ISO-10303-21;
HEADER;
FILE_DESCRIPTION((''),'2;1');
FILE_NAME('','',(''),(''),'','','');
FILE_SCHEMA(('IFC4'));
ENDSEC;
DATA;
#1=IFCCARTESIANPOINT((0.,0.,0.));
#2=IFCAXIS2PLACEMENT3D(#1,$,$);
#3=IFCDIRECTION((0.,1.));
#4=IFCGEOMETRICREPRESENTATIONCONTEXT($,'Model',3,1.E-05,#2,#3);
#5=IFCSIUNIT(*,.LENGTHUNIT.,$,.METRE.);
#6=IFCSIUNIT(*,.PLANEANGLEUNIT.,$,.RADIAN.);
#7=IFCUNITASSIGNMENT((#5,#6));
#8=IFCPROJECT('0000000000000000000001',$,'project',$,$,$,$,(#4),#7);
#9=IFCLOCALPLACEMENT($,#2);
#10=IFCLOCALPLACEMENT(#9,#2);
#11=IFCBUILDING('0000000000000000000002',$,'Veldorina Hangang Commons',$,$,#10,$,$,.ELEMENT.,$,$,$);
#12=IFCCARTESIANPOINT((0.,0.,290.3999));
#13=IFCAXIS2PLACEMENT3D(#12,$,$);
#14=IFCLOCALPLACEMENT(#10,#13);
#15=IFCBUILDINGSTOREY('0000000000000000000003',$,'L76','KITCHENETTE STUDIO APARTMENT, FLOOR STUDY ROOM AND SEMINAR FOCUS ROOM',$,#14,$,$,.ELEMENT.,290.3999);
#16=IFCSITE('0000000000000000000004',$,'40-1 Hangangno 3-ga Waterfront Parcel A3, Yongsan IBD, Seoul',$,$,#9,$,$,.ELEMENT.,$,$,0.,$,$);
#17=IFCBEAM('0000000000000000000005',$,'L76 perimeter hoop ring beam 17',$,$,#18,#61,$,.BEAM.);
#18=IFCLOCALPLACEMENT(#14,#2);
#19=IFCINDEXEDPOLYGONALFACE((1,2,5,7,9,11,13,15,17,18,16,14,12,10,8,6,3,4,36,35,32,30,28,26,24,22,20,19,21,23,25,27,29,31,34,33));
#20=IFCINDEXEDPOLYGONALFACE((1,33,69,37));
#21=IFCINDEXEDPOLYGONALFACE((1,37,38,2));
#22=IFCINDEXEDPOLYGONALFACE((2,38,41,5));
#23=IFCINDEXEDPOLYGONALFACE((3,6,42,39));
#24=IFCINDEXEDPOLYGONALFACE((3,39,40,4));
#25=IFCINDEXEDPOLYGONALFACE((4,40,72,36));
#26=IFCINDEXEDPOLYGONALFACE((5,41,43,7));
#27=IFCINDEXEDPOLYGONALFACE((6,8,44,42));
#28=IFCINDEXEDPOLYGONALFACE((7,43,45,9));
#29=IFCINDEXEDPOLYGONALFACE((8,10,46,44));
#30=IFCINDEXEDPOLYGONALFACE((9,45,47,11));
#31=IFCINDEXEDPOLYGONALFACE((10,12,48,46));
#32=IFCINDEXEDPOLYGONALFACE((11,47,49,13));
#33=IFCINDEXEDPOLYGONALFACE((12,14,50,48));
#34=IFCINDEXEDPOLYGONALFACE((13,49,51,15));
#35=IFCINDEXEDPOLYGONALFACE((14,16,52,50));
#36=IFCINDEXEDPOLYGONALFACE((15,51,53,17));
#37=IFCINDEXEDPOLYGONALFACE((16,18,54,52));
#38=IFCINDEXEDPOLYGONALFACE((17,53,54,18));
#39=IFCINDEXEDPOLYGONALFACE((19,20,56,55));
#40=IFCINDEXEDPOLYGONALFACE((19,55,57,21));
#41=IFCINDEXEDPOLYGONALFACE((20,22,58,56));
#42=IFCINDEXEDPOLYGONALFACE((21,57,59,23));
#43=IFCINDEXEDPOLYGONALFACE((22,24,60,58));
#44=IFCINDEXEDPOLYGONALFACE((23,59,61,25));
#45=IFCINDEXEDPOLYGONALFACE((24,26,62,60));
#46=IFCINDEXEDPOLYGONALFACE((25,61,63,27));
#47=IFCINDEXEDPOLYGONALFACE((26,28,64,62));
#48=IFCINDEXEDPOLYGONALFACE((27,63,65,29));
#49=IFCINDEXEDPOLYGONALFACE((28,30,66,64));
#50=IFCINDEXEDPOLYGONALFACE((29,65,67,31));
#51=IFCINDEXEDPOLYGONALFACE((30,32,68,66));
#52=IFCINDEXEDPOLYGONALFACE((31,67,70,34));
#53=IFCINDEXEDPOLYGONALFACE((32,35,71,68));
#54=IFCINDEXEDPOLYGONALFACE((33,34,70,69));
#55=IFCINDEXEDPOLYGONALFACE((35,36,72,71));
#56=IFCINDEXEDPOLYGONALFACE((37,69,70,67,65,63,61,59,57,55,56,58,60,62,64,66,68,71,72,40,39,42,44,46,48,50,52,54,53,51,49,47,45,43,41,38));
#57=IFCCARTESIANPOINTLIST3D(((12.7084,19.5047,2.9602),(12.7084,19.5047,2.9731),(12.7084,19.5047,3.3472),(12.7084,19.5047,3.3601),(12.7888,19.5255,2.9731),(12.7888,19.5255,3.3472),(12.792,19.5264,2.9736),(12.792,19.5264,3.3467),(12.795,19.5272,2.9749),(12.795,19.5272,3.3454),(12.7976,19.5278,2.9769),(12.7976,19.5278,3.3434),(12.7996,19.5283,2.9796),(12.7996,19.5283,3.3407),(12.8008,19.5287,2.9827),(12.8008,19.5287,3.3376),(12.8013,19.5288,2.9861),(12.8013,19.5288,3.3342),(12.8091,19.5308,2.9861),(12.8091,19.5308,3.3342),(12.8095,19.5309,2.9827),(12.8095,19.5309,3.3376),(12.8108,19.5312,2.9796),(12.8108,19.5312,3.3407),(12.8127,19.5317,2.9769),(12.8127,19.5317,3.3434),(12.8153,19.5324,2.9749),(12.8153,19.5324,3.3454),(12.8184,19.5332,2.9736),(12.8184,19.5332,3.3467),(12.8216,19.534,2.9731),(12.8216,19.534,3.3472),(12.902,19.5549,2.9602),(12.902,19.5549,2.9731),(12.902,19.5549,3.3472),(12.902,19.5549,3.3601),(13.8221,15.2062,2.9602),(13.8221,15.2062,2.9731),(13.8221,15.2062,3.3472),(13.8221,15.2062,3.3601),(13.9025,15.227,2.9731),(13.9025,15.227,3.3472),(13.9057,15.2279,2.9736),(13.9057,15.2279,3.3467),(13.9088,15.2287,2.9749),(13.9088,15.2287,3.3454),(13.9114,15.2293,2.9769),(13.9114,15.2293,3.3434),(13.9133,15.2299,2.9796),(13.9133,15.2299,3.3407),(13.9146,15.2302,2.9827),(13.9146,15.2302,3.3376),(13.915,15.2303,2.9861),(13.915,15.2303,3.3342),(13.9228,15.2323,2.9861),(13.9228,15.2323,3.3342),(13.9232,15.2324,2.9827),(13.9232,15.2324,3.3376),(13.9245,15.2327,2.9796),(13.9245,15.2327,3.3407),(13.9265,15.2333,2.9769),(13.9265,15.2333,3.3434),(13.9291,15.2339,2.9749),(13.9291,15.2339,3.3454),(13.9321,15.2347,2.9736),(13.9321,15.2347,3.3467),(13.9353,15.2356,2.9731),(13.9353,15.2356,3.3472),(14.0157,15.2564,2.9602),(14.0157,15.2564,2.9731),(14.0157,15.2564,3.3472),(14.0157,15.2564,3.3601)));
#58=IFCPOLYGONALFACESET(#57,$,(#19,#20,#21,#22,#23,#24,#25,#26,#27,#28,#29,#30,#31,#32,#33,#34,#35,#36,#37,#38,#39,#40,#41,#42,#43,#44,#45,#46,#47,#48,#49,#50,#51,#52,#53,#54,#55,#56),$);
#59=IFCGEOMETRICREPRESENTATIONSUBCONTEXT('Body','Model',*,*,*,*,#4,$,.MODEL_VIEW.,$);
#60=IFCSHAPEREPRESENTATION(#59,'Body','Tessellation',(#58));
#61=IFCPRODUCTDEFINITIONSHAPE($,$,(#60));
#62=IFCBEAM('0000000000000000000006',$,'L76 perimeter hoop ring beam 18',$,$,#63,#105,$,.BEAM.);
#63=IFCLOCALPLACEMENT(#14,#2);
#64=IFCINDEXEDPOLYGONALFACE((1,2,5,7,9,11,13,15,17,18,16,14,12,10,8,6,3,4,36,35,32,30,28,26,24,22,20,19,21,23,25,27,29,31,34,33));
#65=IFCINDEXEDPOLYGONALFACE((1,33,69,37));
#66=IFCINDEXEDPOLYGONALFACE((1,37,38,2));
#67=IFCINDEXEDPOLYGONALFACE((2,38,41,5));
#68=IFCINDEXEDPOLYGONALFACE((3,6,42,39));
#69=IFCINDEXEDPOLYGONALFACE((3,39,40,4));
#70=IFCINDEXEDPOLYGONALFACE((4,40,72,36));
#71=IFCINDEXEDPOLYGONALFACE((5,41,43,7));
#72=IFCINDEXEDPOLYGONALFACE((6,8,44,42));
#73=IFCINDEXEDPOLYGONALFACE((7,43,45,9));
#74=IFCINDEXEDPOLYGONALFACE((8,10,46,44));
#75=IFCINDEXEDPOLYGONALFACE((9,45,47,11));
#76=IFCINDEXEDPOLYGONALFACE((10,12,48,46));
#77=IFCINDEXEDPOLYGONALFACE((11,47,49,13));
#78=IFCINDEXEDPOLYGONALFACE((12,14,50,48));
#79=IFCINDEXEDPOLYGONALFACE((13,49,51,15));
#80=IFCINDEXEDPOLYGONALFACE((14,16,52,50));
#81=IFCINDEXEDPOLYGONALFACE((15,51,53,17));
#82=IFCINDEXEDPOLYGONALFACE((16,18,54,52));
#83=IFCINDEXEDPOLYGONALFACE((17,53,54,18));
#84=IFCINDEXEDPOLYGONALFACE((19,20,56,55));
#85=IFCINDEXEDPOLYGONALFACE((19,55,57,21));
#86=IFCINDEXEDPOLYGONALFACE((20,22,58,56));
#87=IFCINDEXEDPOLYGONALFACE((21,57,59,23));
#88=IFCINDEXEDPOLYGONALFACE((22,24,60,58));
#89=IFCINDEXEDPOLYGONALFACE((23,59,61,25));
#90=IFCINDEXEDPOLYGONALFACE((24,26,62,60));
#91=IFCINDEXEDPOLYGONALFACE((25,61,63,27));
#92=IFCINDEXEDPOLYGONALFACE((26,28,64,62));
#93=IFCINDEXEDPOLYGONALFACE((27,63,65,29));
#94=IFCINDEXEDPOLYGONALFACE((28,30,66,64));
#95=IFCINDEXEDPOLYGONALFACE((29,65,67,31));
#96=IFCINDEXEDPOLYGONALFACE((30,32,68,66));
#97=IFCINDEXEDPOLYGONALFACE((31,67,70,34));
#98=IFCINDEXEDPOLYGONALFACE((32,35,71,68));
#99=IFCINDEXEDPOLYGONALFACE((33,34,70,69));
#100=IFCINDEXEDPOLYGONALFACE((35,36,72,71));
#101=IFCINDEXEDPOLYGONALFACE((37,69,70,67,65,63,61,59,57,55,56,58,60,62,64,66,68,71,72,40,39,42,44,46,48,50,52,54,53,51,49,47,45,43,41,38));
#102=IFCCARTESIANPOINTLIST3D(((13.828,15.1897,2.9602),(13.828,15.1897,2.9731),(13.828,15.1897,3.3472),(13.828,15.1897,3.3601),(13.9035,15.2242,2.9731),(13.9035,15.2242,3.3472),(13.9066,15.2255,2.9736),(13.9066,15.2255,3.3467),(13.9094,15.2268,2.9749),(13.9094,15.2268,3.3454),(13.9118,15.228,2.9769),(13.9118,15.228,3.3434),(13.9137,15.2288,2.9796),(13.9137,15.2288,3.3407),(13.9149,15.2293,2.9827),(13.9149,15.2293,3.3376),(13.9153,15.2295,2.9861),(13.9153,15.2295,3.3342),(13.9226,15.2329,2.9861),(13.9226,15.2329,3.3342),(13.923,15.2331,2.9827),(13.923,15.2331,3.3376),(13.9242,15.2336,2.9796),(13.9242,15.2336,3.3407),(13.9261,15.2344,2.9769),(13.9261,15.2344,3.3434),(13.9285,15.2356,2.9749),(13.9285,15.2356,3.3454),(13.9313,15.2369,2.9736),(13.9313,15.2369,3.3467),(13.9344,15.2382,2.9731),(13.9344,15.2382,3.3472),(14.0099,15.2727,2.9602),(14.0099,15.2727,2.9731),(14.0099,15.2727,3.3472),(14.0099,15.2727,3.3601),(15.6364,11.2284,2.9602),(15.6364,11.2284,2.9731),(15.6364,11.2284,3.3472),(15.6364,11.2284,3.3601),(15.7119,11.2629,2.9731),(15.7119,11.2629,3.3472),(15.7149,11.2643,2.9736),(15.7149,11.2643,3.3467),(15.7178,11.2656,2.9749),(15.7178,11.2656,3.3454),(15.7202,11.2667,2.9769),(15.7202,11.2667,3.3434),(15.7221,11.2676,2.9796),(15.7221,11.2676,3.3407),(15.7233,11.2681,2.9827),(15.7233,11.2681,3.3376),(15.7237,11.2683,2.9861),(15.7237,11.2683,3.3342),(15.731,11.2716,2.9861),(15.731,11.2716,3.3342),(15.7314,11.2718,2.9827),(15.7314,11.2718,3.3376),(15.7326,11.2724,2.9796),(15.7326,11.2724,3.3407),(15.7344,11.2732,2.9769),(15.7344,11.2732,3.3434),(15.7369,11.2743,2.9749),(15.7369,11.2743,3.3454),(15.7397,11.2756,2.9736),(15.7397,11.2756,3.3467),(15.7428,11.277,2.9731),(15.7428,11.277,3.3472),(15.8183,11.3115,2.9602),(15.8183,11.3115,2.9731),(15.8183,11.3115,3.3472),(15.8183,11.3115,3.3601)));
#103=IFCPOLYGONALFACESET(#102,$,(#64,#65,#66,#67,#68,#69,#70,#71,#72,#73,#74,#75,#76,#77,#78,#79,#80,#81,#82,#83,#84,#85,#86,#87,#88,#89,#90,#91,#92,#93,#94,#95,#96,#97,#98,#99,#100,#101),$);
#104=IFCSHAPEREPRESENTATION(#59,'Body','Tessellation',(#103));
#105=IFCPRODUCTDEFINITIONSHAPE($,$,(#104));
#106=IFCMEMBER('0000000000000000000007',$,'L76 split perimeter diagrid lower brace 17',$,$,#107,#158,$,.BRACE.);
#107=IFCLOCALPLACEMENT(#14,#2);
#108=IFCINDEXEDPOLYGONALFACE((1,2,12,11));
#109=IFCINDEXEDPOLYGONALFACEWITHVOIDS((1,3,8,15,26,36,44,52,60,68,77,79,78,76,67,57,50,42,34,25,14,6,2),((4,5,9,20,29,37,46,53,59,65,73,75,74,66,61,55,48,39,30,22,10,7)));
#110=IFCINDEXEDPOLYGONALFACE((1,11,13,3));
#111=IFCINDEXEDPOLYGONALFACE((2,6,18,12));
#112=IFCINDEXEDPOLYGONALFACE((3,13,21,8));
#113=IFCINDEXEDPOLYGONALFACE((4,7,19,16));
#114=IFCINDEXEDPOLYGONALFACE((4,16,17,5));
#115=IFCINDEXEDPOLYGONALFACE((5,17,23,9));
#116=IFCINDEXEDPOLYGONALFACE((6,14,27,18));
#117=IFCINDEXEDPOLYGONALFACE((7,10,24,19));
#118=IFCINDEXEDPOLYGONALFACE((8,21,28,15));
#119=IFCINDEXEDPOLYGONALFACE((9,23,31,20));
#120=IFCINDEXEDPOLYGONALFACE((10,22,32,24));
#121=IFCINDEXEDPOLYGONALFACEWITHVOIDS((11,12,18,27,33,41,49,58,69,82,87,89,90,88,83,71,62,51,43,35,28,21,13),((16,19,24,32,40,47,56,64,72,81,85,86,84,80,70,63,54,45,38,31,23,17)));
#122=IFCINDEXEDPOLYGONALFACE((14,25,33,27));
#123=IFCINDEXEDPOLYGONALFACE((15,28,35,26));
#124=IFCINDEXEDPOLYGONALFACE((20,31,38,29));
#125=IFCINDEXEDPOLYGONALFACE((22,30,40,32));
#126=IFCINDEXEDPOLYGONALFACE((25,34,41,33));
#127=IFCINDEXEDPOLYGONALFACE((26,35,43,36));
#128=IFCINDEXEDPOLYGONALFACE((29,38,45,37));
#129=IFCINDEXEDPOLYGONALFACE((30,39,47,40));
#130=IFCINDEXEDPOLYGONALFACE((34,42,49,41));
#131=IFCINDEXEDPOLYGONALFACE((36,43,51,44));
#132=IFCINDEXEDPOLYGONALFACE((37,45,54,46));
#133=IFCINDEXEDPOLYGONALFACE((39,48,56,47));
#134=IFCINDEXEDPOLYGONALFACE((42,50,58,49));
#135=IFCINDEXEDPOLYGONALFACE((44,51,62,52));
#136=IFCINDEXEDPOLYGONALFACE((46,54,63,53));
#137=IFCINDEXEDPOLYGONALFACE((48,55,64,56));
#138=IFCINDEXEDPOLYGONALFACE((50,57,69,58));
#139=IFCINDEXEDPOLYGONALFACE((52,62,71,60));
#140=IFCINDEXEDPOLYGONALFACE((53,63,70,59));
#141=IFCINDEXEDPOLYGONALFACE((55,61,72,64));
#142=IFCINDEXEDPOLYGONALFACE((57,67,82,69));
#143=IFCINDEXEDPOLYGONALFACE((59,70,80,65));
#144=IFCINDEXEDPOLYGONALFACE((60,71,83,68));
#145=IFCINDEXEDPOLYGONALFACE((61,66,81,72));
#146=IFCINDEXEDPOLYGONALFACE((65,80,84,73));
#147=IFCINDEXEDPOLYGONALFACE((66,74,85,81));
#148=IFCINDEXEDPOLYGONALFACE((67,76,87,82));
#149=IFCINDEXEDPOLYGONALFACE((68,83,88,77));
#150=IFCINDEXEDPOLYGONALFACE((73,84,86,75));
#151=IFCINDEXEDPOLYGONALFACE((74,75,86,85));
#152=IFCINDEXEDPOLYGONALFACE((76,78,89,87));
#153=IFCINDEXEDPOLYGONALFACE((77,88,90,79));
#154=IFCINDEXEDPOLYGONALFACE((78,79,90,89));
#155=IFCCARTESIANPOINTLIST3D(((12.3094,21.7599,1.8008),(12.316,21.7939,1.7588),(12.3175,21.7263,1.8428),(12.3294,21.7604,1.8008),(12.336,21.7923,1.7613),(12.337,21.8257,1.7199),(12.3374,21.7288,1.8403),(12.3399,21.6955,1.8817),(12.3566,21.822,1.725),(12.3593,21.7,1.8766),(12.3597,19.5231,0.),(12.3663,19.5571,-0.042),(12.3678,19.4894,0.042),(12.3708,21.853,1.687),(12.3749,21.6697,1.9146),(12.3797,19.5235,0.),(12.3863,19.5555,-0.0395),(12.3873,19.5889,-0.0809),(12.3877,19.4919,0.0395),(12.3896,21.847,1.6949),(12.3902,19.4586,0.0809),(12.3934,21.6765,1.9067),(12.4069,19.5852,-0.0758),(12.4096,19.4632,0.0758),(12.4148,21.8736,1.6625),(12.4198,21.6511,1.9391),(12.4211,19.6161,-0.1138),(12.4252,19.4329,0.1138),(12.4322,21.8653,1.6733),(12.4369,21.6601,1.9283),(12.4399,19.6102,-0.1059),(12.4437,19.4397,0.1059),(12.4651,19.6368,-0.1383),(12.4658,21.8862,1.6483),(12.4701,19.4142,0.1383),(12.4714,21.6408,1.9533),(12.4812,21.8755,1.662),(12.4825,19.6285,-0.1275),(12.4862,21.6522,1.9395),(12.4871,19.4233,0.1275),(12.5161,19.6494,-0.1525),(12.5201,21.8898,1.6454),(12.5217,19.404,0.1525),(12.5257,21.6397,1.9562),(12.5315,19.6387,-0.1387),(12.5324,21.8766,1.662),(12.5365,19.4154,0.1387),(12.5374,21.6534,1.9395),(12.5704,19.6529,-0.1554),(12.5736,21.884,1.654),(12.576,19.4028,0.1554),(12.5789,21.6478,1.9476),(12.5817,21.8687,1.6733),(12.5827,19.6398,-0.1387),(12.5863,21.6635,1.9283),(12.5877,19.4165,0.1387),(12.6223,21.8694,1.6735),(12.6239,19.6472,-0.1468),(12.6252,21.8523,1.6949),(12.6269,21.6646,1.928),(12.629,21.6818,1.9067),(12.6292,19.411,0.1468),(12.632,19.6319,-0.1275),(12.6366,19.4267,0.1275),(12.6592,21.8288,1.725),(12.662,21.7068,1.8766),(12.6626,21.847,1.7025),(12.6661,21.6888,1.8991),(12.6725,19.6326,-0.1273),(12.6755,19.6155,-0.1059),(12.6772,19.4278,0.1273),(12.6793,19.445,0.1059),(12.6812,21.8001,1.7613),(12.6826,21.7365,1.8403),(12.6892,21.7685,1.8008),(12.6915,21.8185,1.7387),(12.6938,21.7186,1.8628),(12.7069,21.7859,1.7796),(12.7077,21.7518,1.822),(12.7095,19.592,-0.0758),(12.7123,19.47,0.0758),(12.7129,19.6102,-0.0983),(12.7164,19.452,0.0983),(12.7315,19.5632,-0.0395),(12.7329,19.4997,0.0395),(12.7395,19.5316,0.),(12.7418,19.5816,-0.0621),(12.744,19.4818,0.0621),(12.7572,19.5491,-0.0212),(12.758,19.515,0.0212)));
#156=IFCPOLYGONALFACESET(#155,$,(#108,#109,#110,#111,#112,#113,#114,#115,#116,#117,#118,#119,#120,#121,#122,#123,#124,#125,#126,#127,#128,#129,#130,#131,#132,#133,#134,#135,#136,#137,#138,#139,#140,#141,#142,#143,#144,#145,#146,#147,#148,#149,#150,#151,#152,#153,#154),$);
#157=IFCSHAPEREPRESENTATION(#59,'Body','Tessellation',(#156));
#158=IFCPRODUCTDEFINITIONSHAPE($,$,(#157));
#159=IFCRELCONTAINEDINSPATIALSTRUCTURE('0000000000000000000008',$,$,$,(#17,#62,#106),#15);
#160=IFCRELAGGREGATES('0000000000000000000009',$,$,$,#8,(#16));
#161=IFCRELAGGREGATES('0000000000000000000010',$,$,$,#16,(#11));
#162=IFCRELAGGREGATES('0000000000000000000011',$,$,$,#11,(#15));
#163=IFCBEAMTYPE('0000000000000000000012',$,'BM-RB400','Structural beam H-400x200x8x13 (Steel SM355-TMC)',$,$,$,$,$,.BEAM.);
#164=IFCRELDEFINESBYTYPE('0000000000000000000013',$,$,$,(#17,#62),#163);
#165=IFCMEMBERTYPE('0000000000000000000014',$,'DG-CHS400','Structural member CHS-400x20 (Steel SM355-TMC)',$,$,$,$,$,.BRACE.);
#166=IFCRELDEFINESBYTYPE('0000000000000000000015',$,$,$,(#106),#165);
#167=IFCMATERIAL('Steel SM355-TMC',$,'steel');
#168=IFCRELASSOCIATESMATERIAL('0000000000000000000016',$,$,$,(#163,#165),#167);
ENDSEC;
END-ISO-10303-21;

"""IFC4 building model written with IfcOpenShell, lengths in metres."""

from ifc_helpers import new_model, si_unit, direction, frame, origin, origin_2d, place, context, subcontext, project, spatial, hollow_circle, i_section, extrude, material, material_profile, profile_set, type_object, element, save


model = new_model("IFC4")

# Units and contexts
model_context = context("Model", 3, precision=1e-05, world=origin(), true_north=direction((0.0, 1.0)))
body_context = subcontext(model_context, "Body", "Model", "MODEL_VIEW")
ifc_project = project(units=[si_unit("LENGTHUNIT", "METRE"), si_unit("PLANEANGLEUNIT", "RADIAN")], contexts=[model_context])

# Site, building, storey
site_placement = place(None, origin())
site = spatial("IfcSite", under=ifc_project, at=site_placement, Name="40-1 Hangangno 3-ga Waterfront Parcel A3, Yongsan IBD, Seoul", CompositionType="ELEMENT", RefElevation=0.0)
building_placement = place(site_placement, origin())
building = spatial("IfcBuilding", under=site, at=building_placement, Name="Veldorina Hangang Commons", CompositionType="ELEMENT")
storey_placement = place(building_placement, frame((0.0, 0.0, 290.3999)))
storey = spatial("IfcBuildingStorey", under=building, at=storey_placement, Name="L76", Description="KITCHENETTE STUDIO APARTMENT, FLOOR STUDY ROOM AND SEMINAR FOCUS ROOM", CompositionType="ELEMENT", Elevation=290.3999)

# Beams
ifc_material_1 = material(Name="Steel SM355-TMC", Category="steel")
ifc_material_profile_1 = material_profile(ifc_material_1, i_section(OverallWidth=0.2, OverallDepth=0.3999, WebThickness=0.0081, FlangeThickness=0.0129, FilletRadius=0.0129, at=origin_2d()), Name="H-400x200x8x13")
ifc_profile_set_1 = profile_set([ifc_material_profile_1], Name="Steel SM355-TMC")
beam_type = type_object("IfcBeamType", Name="BM-RB400", Description="Structural beam H-400x200x8x13 (Steel SM355-TMC)", PredefinedType="BEAM", material=ifc_profile_set_1)
beam_1_placement = place(storey_placement, frame((12.8052, 19.5298, 3.1602), z_axis=(0.250819, -0.968034, 0.0), x_axis=(0.968034, 0.250819, 0.0)))
element("IfcBeam", 1, at=beam_1_placement, inside=storey, type_object=beam_type, Name="L76 perimeter hoop ring beam 17", PredefinedType="BEAM", context=body_context, shape_type="SweptSolid", body=[
    extrude(i_section(OverallWidth=0.2, OverallDepth=0.3999, WebThickness=0.0081, FlangeThickness=0.0129, FilletRadius=0.0129, at=origin_2d()), origin(), (0.0, 0.0, 1.0), 4.4404),
])
beam_2_placement = place(storey_placement, frame((13.9189, 15.2312, 3.1602), z_axis=(0.415289, -0.909689, 0.0), x_axis=(0.909689, 0.415289, 0.0)))
element("IfcBeam", 2, at=beam_2_placement, inside=storey, type_object=beam_type, Name="L76 perimeter hoop ring beam 18", PredefinedType="BEAM", context=body_context, shape_type="SweptSolid", body=[
    extrude(i_section(OverallWidth=0.2, OverallDepth=0.3999, WebThickness=0.0081, FlangeThickness=0.0129, FilletRadius=0.0129, at=origin_2d()), origin(), (0.0, 0.0, 1.0), 4.3545),
])

# Member
ifc_material_profile_2 = material_profile(ifc_material_1, hollow_circle(Radius=0.2, WallThickness=0.02, at=origin_2d()), Name="CHS-400x20")
ifc_profile_set_2 = profile_set([ifc_material_profile_2], Name="Steel SM355-TMC")
member_type_1 = type_object("IfcMemberType", Name="DG-CHS400", Description="Structural member CHS-400x20 (Steel SM355-TMC)", PredefinedType="BRACE", material=ifc_profile_set_2)
member_1_placement = place(storey_placement, frame((12.5596, 19.5276, 0.0), z_axis=(-0.017511, 0.778821, 0.627001), x_axis=(-0.999747, -0.022478, 0.0)))
element("IfcMember", 3, at=member_1_placement, inside=storey, type_object=member_type_1, Name="L76 split perimeter diagrid lower brace 17", PredefinedType="BRACE", context=body_context, shape_type="SweptSolid", body=[
    extrude(hollow_circle(Radius=0.2, WallThickness=0.02, at=origin_2d()), origin(), (0.0, 0.0, 1.0), 2.8721),
])

save(model, "model.ifc")
